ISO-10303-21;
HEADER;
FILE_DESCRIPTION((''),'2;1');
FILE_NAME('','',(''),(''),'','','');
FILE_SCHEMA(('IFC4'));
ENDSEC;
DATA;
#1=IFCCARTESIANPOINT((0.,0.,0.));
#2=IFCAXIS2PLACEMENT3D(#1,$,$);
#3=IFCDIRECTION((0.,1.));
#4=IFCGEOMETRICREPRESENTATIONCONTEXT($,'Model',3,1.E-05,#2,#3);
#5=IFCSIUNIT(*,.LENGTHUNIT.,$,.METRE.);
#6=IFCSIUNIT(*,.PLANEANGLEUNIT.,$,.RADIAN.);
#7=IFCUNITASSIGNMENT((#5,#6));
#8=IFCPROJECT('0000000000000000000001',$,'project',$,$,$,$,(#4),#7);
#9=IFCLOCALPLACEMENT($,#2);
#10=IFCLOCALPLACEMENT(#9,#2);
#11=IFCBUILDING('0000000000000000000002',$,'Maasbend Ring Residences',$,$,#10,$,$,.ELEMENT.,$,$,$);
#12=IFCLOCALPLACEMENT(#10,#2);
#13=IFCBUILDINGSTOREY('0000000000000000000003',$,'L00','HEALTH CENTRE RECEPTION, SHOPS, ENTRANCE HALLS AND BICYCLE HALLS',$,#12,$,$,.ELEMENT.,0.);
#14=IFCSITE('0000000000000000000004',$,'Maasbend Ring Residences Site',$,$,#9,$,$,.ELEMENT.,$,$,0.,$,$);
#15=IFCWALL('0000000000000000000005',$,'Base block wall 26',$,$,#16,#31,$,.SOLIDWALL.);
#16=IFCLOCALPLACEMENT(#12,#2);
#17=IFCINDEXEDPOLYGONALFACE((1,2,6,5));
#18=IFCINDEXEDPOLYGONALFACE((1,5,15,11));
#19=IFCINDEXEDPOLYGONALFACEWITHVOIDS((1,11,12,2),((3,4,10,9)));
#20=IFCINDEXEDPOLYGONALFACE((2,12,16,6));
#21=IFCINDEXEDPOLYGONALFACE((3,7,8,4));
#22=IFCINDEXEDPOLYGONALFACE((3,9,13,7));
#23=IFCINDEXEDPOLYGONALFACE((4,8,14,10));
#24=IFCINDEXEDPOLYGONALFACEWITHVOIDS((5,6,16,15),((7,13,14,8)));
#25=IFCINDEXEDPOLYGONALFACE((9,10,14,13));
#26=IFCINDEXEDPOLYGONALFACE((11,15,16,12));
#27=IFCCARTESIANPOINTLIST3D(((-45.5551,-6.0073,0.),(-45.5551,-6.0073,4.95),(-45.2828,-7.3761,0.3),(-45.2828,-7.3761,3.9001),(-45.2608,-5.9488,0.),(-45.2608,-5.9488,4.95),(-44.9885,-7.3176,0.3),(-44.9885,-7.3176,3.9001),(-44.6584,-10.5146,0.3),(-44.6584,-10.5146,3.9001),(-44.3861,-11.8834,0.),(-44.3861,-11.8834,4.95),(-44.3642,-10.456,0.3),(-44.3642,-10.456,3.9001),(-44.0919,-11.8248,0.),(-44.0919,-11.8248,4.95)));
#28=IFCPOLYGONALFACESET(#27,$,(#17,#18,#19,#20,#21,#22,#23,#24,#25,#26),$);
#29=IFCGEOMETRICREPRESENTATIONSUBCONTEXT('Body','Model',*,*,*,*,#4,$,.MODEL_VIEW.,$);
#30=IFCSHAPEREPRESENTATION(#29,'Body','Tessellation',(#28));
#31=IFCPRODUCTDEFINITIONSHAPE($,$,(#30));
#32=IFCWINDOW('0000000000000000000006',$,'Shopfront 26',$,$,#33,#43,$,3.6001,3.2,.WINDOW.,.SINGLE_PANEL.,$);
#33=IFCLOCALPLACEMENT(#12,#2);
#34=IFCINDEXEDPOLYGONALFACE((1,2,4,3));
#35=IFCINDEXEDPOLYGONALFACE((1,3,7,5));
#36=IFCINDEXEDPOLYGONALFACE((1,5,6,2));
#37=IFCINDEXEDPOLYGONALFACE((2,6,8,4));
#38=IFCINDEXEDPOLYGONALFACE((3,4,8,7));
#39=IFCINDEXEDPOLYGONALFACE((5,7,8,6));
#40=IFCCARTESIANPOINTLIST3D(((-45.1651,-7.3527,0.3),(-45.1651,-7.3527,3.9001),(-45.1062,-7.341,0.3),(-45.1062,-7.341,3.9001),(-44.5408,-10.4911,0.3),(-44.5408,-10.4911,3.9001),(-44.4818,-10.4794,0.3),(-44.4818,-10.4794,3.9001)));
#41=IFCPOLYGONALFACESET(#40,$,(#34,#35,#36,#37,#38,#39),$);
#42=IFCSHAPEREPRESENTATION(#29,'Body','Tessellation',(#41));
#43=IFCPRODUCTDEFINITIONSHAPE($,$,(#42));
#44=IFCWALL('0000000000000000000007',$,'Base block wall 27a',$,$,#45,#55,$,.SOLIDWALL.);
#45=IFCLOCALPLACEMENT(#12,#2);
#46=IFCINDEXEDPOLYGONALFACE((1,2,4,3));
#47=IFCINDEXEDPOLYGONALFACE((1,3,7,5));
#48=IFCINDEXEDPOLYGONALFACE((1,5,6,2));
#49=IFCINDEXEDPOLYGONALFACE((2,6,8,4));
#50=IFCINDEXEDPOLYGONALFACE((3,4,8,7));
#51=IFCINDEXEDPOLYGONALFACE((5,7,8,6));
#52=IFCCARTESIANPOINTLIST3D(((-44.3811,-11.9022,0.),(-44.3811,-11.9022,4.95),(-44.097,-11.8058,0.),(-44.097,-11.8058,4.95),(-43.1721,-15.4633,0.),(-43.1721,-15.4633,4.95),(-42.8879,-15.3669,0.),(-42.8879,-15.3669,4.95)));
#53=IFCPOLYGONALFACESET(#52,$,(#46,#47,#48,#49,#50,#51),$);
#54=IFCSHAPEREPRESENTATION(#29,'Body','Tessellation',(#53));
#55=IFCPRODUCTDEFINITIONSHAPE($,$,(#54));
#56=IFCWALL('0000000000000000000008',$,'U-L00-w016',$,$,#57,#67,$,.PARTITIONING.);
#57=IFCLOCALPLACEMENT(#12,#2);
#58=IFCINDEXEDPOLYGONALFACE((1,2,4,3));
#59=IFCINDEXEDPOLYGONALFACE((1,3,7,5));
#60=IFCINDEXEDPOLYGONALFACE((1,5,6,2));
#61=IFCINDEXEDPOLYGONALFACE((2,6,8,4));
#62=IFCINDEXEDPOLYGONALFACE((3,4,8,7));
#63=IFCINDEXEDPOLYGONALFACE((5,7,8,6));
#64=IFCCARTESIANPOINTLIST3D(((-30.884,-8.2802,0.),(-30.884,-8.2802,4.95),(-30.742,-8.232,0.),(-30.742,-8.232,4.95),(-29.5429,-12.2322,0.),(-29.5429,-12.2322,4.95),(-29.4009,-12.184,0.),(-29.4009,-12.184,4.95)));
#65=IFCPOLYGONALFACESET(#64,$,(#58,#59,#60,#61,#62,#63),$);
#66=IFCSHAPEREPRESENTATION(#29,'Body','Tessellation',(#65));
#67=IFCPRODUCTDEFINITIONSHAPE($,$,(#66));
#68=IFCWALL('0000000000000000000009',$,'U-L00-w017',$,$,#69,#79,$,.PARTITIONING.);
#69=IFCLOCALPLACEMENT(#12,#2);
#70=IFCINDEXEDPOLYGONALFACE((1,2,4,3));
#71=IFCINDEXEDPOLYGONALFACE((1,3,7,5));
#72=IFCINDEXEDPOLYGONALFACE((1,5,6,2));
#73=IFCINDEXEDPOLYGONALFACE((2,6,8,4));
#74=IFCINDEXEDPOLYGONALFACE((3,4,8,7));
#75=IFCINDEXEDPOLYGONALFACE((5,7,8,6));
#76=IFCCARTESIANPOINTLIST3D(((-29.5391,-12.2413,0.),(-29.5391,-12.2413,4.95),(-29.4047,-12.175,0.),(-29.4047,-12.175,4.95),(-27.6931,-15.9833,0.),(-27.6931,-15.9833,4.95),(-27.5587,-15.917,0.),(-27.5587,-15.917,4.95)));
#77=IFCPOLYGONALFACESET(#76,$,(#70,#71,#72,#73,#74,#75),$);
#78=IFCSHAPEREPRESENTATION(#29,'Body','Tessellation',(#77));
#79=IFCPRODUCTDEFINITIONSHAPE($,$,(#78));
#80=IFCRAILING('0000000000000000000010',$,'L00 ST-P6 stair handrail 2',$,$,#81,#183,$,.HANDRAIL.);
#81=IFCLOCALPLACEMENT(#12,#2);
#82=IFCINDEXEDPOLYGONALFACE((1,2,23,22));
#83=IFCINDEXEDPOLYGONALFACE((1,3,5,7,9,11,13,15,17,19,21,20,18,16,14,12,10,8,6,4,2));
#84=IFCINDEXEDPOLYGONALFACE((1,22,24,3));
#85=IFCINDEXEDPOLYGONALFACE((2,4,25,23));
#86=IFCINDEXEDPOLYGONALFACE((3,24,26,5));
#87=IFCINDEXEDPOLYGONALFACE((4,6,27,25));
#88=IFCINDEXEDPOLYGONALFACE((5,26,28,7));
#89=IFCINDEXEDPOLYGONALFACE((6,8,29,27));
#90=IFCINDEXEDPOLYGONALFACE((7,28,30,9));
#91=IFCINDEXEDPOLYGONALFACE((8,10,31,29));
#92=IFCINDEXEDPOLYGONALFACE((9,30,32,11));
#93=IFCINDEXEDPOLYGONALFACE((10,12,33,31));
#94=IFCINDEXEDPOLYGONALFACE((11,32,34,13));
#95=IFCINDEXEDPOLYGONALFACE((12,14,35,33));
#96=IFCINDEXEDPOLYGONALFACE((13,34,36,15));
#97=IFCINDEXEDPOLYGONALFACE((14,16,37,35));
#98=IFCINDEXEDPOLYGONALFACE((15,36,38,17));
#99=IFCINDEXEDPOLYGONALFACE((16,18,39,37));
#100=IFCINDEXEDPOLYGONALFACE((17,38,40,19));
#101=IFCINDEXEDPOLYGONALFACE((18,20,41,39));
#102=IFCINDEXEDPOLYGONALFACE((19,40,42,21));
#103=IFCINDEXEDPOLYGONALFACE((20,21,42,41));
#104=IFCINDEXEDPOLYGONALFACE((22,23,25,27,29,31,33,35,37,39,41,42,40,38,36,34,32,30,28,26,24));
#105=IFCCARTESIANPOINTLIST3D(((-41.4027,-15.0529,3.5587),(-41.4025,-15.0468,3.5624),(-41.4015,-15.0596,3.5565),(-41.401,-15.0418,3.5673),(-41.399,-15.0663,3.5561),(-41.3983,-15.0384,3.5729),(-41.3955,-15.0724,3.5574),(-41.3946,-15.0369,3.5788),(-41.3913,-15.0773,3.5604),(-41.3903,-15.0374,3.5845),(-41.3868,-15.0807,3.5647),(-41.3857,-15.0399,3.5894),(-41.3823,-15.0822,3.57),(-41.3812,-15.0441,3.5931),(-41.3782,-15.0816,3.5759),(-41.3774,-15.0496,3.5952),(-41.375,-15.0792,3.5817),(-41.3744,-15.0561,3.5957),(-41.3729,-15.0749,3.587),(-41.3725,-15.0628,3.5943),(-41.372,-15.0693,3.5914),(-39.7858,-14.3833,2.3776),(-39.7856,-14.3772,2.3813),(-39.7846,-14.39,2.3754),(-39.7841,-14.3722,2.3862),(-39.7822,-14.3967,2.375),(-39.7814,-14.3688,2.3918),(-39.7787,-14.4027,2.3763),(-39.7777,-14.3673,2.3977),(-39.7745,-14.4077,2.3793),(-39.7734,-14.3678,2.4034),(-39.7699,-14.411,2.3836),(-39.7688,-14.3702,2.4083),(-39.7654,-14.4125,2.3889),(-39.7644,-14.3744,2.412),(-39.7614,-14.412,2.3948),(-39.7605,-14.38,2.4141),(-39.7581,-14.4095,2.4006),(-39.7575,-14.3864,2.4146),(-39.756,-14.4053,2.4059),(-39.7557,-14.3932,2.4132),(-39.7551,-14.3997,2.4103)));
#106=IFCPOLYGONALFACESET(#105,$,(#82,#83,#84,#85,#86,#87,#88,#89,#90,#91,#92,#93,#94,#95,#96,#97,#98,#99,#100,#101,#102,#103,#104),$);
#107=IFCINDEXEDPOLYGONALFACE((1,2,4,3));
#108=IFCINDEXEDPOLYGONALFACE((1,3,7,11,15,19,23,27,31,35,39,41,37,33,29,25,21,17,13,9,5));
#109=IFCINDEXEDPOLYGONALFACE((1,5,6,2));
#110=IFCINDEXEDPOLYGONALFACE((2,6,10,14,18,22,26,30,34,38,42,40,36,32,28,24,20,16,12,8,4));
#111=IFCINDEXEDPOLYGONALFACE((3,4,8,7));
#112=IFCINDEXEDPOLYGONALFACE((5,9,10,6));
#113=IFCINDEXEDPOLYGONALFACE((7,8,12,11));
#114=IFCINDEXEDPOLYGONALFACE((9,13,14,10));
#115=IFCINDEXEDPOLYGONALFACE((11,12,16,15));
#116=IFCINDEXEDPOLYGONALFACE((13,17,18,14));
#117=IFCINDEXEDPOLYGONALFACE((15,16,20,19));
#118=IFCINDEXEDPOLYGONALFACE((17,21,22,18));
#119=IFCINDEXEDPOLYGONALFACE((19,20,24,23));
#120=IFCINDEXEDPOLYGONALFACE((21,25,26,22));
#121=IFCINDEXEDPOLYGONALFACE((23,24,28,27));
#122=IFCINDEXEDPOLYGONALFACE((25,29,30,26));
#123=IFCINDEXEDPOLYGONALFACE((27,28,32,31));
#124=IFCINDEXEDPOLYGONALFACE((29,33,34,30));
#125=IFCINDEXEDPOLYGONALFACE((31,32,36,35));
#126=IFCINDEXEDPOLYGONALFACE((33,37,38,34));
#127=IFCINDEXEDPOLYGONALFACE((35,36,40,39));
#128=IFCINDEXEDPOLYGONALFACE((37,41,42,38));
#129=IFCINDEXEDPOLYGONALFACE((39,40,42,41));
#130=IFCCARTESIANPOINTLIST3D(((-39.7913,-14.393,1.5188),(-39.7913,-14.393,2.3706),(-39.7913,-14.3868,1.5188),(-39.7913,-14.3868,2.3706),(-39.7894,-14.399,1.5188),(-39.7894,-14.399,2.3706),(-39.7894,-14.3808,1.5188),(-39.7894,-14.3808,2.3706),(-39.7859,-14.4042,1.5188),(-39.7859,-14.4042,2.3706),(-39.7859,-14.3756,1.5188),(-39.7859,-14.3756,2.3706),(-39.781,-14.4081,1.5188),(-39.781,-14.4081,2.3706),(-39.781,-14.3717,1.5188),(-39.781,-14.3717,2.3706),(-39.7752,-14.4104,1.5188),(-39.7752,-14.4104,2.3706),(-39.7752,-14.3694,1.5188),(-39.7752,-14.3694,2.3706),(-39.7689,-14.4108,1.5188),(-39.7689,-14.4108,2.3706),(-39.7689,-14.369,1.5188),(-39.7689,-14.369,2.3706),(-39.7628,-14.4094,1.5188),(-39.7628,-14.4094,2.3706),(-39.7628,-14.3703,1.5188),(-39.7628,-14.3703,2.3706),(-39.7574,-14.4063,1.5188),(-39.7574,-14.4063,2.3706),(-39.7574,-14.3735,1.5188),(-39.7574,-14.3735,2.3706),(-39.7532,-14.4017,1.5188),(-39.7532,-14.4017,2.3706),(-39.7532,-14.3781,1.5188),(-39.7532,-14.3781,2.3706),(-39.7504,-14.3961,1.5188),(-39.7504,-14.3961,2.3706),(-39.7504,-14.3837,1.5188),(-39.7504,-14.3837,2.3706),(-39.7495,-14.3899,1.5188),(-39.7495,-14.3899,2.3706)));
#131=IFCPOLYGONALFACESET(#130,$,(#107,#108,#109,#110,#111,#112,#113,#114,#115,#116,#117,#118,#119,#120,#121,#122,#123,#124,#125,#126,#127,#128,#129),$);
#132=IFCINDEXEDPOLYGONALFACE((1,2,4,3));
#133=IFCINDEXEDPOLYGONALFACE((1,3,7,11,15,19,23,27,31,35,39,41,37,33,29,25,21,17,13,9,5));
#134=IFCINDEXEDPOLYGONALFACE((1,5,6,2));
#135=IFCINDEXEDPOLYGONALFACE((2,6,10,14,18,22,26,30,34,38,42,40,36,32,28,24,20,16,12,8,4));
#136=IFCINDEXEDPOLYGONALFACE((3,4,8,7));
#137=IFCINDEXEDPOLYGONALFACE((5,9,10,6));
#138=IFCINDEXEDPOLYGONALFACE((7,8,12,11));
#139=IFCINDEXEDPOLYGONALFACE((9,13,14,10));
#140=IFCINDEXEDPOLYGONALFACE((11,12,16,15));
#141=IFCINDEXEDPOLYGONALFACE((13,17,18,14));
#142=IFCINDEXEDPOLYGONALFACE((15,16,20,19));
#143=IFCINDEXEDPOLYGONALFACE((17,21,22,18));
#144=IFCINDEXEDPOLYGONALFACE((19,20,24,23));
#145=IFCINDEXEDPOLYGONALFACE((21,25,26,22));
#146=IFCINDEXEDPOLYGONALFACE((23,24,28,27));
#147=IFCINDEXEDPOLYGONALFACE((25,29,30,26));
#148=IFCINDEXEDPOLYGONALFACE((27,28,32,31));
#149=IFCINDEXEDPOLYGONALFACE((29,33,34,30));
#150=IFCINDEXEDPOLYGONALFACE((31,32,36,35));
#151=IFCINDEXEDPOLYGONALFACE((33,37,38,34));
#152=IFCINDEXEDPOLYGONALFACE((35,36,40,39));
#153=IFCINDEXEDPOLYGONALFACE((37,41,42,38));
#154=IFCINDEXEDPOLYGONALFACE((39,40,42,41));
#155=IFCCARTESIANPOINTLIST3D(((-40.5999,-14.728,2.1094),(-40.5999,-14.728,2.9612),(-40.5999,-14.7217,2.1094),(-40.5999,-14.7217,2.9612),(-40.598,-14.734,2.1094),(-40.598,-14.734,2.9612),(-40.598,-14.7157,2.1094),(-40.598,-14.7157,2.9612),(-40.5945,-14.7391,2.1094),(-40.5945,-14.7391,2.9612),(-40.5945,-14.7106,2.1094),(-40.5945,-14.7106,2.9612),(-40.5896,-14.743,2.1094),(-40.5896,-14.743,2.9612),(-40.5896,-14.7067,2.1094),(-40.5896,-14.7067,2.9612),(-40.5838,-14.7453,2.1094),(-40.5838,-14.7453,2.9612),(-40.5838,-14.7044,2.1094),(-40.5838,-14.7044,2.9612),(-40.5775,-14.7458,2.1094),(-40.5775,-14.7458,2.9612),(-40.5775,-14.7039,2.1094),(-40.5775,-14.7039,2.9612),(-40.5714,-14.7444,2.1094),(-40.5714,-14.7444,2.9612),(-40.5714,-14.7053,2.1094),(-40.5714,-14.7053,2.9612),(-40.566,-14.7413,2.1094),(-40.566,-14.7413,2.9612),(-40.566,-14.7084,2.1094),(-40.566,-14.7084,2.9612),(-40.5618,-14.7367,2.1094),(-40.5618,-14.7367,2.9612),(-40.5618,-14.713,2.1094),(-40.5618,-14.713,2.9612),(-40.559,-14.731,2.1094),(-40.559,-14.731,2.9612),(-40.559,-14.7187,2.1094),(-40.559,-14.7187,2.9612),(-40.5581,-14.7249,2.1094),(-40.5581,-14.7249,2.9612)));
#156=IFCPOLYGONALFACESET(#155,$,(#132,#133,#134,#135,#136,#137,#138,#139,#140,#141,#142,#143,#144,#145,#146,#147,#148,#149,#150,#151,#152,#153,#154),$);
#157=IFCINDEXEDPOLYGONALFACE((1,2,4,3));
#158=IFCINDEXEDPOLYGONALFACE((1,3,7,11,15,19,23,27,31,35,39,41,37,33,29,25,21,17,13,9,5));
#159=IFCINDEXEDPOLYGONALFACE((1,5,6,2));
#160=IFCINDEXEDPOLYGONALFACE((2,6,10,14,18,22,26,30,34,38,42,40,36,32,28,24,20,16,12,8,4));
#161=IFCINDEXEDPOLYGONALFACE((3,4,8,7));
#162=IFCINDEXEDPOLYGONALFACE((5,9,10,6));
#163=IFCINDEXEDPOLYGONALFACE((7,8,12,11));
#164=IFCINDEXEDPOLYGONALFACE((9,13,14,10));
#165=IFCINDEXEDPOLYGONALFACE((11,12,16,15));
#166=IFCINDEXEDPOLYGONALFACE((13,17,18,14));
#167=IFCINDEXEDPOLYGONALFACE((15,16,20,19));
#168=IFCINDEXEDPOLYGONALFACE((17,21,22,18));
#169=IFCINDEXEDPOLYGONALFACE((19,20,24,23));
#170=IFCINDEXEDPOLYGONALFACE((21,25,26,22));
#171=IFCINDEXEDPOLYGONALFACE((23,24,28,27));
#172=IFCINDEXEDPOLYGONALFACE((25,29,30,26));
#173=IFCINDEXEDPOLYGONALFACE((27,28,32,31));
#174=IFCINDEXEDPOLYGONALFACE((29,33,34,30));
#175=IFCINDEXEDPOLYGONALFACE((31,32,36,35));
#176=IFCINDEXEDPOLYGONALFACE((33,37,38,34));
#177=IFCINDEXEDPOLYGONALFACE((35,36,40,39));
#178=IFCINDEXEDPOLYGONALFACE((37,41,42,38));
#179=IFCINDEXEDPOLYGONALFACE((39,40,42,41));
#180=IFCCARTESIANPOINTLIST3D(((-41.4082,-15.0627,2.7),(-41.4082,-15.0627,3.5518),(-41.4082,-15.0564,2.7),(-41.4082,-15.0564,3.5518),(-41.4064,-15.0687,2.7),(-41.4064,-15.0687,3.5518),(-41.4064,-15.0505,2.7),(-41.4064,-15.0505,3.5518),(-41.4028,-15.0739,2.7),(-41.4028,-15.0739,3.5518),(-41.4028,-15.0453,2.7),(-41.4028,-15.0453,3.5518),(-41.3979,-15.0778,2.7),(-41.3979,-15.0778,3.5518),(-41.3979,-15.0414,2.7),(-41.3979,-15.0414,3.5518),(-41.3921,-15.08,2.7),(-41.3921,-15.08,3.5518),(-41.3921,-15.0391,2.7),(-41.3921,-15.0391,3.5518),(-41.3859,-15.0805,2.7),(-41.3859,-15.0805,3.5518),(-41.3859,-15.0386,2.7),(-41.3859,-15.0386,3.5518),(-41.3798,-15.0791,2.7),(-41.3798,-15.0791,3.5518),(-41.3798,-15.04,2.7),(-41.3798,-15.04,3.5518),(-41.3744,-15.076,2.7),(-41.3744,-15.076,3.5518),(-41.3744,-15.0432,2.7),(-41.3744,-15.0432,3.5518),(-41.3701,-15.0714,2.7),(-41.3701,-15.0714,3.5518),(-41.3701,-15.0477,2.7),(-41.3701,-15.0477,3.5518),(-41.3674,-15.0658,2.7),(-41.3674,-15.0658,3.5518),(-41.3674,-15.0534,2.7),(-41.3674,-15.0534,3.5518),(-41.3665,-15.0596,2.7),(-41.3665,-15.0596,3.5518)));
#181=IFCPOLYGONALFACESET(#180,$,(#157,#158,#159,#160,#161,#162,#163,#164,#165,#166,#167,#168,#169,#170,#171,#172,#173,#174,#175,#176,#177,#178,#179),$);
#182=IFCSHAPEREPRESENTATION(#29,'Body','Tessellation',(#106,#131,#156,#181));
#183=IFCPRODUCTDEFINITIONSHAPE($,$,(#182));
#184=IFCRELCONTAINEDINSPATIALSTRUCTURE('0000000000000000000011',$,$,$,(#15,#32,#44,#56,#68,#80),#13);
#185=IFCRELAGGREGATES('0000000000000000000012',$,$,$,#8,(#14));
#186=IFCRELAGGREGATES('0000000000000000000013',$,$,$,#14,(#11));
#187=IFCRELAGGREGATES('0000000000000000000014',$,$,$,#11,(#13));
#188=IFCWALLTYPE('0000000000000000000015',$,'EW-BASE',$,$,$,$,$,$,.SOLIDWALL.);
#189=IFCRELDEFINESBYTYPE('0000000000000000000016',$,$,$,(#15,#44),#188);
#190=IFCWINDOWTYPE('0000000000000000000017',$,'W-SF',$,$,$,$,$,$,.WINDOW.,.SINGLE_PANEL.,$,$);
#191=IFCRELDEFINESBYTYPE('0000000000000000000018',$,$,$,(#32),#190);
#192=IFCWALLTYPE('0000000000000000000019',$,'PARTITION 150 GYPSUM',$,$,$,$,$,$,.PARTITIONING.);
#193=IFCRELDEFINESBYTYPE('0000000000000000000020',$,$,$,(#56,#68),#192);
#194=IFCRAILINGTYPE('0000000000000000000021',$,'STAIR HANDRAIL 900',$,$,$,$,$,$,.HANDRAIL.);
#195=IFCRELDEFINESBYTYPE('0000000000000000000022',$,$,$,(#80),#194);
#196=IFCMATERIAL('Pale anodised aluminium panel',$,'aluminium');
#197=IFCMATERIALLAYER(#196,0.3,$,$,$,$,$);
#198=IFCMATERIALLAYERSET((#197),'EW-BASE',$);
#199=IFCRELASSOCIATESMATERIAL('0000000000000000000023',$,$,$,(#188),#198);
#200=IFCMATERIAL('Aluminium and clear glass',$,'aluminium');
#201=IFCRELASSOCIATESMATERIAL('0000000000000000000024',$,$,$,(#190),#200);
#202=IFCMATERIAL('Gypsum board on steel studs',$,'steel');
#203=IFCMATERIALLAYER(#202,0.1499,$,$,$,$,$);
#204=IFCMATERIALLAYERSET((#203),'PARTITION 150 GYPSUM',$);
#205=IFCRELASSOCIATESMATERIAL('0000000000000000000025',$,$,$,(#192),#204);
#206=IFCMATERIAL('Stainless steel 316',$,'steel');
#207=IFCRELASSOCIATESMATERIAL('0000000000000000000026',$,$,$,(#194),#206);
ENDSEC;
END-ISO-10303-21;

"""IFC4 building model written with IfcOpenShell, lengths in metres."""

from ifc_helpers import new_model, si_unit, direction, frame, frame_2d, origin, origin_2d, place, context, subcontext, project, spatial, rectangle, circle, extrude, material, layer, layer_set, type_object, element, fill, save


model = new_model("IFC4")

# Units and contexts
model_context = context("Model", 3, precision=1e-05, world=origin(), true_north=direction((0.0, 1.0)))
body_context = subcontext(model_context, "Body", "Model", "MODEL_VIEW")
ifc_project = project(units=[si_unit("LENGTHUNIT", "METRE"), si_unit("PLANEANGLEUNIT", "RADIAN")], contexts=[model_context])

# Site, building, storey
site_placement = place(None, origin())
site = spatial("IfcSite", under=ifc_project, at=site_placement, Name="Maasbend Ring Residences Site", CompositionType="ELEMENT", RefElevation=0.0)
building_placement = place(site_placement, origin())
building = spatial("IfcBuilding", under=site, at=building_placement, Name="Maasbend Ring Residences", CompositionType="ELEMENT")
storey_placement = place(building_placement, origin())
storey = spatial("IfcBuildingStorey", under=building, at=storey_placement, Name="L00", Description="HEALTH CENTRE RECEPTION, SHOPS, ENTRANCE HALLS AND BICYCLE HALLS", CompositionType="ELEMENT", Elevation=0.0)

# Wall, opening, window
ifc_material_1 = material(Name="Pale anodised aluminium panel", Category="aluminium")
ifc_layer_1 = layer(ifc_material_1, 0.3)
ifc_layer_set_1 = layer_set([ifc_layer_1], Name="EW-BASE")
wall_type_1 = type_object("IfcWallType", Name="EW-BASE", PredefinedType="SOLIDWALL", material=ifc_layer_set_1)
wall_1_placement = place(storey_placement, frame((-45.408, -5.978, 0.0), z_axis=(0.0, 0.0, 1.0), x_axis=(0.195113, -0.980781, 0.0)))
wall_1 = element("IfcWall", 1, at=wall_1_placement, inside=storey, type_object=wall_type_1, Name="Base block wall 26", PredefinedType="SOLIDWALL", context=body_context, shape_type="SweptSolid", body=[
    extrude(rectangle(XDim=5.9912, YDim=0.3, at=frame_2d((2.9956, 0.0))), origin(), (0.0, 0.0, 1.0), 4.95),
])
opening_1_placement = place(wall_1_placement, frame((1.3955, 0.0, 0.3)))
opening_1 = element("IfcOpeningElement", 2, at=opening_1_placement, cuts=wall_1, PredefinedType="OPENING", context=body_context, shape_type="SweptSolid", body=[
    extrude(rectangle(XDim=3.2, YDim=3.6001, at=frame_2d((1.6001, 1.8))), frame((0.0, 0.1602, 0.0), z_axis=(0.0, -1.0, 0.0), x_axis=(1.0, 0.0, 0.0)), (0.0, 0.0, 1.0), 0.3201),
])
ifc_material_2 = material(Name="Aluminium and clear glass", Category="aluminium")
window_type = type_object("IfcWindowType", Name="W-SF", PartitioningType="SINGLE_PANEL", PredefinedType="WINDOW", material=ifc_material_2)
window_placement = place(opening_1_placement, origin())
window = element("IfcWindow", 3, at=window_placement, inside=storey, type_object=window_type, Name="Shopfront 26", OverallHeight=3.6001, OverallWidth=3.2, PartitioningType="SINGLE_PANEL", PredefinedType="WINDOW", context=body_context, shape_type="SweptSolid", body=[
    extrude(rectangle(XDim=3.2, YDim=3.6001, at=frame_2d((1.6001, 1.8))), frame((0.0, 0.03, 0.0), z_axis=(0.0, -1.0, 0.0), x_axis=(1.0, 0.0, 0.0)), (0.0, 0.0, 1.0), 0.0601),
])
fill(opening_1, window)

# Walls
wall_2_placement = place(storey_placement, frame((-44.239, -11.854, 0.0), z_axis=(0.0, 0.0, 1.0), x_axis=(0.321481, -0.946916, 0.0)))
element("IfcWall", 4, at=wall_2_placement, inside=storey, type_object=wall_type_1, Name="Base block wall 27a", PredefinedType="SOLIDWALL", context=body_context, shape_type="SweptSolid", body=[
    extrude(rectangle(XDim=3.7607, YDim=0.3, at=frame_2d((1.8804, 0.0))), origin(), (0.0, 0.0, 1.0), 4.95),
])
ifc_material_3 = material(Name="Gypsum board on steel studs", Category="steel")
ifc_layer_2 = layer(ifc_material_3, 0.1499)
ifc_layer_set_2 = layer_set([ifc_layer_2], Name="PARTITION 150 GYPSUM")
wall_type_2 = type_object("IfcWallType", Name="PARTITION 150 GYPSUM", PredefinedType="PARTITIONING", material=ifc_layer_set_2)
wall_3_placement = place(storey_placement, frame((-30.813, -8.2561, 0.0), z_axis=(0.0, 0.0, 1.0), x_axis=(0.321348, -0.946961, 0.0)))
element("IfcWall", 5, at=wall_3_placement, inside=storey, type_object=wall_type_2, Name="U-L00-w016", PredefinedType="PARTITIONING", context=body_context, shape_type="SweptSolid", body=[
    extrude(rectangle(XDim=4.1733, YDim=0.1499, at=frame_2d((2.0867, 0.0))), origin(), (0.0, 0.0, 1.0), 4.95),
])
wall_4_placement = place(storey_placement, frame((-29.4719, -12.208, 0.0), z_axis=(0.0, 0.0, 1.0), x_axis=(0.442409, -0.896813, 0.0)))
element("IfcWall", 6, at=wall_4_placement, inside=storey, type_object=wall_type_2, Name="U-L00-w017", PredefinedType="PARTITIONING", context=body_context, shape_type="SweptSolid", body=[
    extrude(rectangle(XDim=4.1726, YDim=0.1499, at=frame_2d((2.0864, 0.0))), origin(), (0.0, 0.0, 1.0), 4.95),
])

# Railing
ifc_material_4 = material(Name="Stainless steel 316", Category="steel")
railing_type = type_object("IfcRailingType", Name="STAIR HANDRAIL 900", PredefinedType="HANDRAIL", material=ifc_material_4)
for number, where, name in (
    (7, (-39.7705, -14.3899, 1.5188), "L00 ST-P6 stair handrail 2"),
):
    element("IfcRailing", number, at=place(storey_placement, frame(where)), inside=storey, type_object=railing_type, Name=name, PredefinedType="HANDRAIL", context=body_context, shape_type="SweptSolid", body=[
        extrude(circle(Radius=0.0239, at=origin_2d()), frame((0.0, 0.0, 0.876), z_axis=(-0.765808, -0.317169, 0.559411), x_axis=(0.382643, -0.923896, 0.0)), (0.0, 0.0, 1.0), 2.1113),
        extrude(circle(Radius=0.021, at=origin_2d()), origin(), (0.0, 0.0, 1.0), 0.8518),
        extrude(circle(Radius=0.021, at=origin_2d()), frame((-0.8086, -0.335, 0.5906)), (0.0, 0.0, 1.0), 0.8518),
        extrude(circle(Radius=0.021, at=origin_2d()), frame((-1.6169, -0.6697, 1.1812)), (0.0, 0.0, 1.0), 0.8518),
    ])

save(model, "model.ifc")
